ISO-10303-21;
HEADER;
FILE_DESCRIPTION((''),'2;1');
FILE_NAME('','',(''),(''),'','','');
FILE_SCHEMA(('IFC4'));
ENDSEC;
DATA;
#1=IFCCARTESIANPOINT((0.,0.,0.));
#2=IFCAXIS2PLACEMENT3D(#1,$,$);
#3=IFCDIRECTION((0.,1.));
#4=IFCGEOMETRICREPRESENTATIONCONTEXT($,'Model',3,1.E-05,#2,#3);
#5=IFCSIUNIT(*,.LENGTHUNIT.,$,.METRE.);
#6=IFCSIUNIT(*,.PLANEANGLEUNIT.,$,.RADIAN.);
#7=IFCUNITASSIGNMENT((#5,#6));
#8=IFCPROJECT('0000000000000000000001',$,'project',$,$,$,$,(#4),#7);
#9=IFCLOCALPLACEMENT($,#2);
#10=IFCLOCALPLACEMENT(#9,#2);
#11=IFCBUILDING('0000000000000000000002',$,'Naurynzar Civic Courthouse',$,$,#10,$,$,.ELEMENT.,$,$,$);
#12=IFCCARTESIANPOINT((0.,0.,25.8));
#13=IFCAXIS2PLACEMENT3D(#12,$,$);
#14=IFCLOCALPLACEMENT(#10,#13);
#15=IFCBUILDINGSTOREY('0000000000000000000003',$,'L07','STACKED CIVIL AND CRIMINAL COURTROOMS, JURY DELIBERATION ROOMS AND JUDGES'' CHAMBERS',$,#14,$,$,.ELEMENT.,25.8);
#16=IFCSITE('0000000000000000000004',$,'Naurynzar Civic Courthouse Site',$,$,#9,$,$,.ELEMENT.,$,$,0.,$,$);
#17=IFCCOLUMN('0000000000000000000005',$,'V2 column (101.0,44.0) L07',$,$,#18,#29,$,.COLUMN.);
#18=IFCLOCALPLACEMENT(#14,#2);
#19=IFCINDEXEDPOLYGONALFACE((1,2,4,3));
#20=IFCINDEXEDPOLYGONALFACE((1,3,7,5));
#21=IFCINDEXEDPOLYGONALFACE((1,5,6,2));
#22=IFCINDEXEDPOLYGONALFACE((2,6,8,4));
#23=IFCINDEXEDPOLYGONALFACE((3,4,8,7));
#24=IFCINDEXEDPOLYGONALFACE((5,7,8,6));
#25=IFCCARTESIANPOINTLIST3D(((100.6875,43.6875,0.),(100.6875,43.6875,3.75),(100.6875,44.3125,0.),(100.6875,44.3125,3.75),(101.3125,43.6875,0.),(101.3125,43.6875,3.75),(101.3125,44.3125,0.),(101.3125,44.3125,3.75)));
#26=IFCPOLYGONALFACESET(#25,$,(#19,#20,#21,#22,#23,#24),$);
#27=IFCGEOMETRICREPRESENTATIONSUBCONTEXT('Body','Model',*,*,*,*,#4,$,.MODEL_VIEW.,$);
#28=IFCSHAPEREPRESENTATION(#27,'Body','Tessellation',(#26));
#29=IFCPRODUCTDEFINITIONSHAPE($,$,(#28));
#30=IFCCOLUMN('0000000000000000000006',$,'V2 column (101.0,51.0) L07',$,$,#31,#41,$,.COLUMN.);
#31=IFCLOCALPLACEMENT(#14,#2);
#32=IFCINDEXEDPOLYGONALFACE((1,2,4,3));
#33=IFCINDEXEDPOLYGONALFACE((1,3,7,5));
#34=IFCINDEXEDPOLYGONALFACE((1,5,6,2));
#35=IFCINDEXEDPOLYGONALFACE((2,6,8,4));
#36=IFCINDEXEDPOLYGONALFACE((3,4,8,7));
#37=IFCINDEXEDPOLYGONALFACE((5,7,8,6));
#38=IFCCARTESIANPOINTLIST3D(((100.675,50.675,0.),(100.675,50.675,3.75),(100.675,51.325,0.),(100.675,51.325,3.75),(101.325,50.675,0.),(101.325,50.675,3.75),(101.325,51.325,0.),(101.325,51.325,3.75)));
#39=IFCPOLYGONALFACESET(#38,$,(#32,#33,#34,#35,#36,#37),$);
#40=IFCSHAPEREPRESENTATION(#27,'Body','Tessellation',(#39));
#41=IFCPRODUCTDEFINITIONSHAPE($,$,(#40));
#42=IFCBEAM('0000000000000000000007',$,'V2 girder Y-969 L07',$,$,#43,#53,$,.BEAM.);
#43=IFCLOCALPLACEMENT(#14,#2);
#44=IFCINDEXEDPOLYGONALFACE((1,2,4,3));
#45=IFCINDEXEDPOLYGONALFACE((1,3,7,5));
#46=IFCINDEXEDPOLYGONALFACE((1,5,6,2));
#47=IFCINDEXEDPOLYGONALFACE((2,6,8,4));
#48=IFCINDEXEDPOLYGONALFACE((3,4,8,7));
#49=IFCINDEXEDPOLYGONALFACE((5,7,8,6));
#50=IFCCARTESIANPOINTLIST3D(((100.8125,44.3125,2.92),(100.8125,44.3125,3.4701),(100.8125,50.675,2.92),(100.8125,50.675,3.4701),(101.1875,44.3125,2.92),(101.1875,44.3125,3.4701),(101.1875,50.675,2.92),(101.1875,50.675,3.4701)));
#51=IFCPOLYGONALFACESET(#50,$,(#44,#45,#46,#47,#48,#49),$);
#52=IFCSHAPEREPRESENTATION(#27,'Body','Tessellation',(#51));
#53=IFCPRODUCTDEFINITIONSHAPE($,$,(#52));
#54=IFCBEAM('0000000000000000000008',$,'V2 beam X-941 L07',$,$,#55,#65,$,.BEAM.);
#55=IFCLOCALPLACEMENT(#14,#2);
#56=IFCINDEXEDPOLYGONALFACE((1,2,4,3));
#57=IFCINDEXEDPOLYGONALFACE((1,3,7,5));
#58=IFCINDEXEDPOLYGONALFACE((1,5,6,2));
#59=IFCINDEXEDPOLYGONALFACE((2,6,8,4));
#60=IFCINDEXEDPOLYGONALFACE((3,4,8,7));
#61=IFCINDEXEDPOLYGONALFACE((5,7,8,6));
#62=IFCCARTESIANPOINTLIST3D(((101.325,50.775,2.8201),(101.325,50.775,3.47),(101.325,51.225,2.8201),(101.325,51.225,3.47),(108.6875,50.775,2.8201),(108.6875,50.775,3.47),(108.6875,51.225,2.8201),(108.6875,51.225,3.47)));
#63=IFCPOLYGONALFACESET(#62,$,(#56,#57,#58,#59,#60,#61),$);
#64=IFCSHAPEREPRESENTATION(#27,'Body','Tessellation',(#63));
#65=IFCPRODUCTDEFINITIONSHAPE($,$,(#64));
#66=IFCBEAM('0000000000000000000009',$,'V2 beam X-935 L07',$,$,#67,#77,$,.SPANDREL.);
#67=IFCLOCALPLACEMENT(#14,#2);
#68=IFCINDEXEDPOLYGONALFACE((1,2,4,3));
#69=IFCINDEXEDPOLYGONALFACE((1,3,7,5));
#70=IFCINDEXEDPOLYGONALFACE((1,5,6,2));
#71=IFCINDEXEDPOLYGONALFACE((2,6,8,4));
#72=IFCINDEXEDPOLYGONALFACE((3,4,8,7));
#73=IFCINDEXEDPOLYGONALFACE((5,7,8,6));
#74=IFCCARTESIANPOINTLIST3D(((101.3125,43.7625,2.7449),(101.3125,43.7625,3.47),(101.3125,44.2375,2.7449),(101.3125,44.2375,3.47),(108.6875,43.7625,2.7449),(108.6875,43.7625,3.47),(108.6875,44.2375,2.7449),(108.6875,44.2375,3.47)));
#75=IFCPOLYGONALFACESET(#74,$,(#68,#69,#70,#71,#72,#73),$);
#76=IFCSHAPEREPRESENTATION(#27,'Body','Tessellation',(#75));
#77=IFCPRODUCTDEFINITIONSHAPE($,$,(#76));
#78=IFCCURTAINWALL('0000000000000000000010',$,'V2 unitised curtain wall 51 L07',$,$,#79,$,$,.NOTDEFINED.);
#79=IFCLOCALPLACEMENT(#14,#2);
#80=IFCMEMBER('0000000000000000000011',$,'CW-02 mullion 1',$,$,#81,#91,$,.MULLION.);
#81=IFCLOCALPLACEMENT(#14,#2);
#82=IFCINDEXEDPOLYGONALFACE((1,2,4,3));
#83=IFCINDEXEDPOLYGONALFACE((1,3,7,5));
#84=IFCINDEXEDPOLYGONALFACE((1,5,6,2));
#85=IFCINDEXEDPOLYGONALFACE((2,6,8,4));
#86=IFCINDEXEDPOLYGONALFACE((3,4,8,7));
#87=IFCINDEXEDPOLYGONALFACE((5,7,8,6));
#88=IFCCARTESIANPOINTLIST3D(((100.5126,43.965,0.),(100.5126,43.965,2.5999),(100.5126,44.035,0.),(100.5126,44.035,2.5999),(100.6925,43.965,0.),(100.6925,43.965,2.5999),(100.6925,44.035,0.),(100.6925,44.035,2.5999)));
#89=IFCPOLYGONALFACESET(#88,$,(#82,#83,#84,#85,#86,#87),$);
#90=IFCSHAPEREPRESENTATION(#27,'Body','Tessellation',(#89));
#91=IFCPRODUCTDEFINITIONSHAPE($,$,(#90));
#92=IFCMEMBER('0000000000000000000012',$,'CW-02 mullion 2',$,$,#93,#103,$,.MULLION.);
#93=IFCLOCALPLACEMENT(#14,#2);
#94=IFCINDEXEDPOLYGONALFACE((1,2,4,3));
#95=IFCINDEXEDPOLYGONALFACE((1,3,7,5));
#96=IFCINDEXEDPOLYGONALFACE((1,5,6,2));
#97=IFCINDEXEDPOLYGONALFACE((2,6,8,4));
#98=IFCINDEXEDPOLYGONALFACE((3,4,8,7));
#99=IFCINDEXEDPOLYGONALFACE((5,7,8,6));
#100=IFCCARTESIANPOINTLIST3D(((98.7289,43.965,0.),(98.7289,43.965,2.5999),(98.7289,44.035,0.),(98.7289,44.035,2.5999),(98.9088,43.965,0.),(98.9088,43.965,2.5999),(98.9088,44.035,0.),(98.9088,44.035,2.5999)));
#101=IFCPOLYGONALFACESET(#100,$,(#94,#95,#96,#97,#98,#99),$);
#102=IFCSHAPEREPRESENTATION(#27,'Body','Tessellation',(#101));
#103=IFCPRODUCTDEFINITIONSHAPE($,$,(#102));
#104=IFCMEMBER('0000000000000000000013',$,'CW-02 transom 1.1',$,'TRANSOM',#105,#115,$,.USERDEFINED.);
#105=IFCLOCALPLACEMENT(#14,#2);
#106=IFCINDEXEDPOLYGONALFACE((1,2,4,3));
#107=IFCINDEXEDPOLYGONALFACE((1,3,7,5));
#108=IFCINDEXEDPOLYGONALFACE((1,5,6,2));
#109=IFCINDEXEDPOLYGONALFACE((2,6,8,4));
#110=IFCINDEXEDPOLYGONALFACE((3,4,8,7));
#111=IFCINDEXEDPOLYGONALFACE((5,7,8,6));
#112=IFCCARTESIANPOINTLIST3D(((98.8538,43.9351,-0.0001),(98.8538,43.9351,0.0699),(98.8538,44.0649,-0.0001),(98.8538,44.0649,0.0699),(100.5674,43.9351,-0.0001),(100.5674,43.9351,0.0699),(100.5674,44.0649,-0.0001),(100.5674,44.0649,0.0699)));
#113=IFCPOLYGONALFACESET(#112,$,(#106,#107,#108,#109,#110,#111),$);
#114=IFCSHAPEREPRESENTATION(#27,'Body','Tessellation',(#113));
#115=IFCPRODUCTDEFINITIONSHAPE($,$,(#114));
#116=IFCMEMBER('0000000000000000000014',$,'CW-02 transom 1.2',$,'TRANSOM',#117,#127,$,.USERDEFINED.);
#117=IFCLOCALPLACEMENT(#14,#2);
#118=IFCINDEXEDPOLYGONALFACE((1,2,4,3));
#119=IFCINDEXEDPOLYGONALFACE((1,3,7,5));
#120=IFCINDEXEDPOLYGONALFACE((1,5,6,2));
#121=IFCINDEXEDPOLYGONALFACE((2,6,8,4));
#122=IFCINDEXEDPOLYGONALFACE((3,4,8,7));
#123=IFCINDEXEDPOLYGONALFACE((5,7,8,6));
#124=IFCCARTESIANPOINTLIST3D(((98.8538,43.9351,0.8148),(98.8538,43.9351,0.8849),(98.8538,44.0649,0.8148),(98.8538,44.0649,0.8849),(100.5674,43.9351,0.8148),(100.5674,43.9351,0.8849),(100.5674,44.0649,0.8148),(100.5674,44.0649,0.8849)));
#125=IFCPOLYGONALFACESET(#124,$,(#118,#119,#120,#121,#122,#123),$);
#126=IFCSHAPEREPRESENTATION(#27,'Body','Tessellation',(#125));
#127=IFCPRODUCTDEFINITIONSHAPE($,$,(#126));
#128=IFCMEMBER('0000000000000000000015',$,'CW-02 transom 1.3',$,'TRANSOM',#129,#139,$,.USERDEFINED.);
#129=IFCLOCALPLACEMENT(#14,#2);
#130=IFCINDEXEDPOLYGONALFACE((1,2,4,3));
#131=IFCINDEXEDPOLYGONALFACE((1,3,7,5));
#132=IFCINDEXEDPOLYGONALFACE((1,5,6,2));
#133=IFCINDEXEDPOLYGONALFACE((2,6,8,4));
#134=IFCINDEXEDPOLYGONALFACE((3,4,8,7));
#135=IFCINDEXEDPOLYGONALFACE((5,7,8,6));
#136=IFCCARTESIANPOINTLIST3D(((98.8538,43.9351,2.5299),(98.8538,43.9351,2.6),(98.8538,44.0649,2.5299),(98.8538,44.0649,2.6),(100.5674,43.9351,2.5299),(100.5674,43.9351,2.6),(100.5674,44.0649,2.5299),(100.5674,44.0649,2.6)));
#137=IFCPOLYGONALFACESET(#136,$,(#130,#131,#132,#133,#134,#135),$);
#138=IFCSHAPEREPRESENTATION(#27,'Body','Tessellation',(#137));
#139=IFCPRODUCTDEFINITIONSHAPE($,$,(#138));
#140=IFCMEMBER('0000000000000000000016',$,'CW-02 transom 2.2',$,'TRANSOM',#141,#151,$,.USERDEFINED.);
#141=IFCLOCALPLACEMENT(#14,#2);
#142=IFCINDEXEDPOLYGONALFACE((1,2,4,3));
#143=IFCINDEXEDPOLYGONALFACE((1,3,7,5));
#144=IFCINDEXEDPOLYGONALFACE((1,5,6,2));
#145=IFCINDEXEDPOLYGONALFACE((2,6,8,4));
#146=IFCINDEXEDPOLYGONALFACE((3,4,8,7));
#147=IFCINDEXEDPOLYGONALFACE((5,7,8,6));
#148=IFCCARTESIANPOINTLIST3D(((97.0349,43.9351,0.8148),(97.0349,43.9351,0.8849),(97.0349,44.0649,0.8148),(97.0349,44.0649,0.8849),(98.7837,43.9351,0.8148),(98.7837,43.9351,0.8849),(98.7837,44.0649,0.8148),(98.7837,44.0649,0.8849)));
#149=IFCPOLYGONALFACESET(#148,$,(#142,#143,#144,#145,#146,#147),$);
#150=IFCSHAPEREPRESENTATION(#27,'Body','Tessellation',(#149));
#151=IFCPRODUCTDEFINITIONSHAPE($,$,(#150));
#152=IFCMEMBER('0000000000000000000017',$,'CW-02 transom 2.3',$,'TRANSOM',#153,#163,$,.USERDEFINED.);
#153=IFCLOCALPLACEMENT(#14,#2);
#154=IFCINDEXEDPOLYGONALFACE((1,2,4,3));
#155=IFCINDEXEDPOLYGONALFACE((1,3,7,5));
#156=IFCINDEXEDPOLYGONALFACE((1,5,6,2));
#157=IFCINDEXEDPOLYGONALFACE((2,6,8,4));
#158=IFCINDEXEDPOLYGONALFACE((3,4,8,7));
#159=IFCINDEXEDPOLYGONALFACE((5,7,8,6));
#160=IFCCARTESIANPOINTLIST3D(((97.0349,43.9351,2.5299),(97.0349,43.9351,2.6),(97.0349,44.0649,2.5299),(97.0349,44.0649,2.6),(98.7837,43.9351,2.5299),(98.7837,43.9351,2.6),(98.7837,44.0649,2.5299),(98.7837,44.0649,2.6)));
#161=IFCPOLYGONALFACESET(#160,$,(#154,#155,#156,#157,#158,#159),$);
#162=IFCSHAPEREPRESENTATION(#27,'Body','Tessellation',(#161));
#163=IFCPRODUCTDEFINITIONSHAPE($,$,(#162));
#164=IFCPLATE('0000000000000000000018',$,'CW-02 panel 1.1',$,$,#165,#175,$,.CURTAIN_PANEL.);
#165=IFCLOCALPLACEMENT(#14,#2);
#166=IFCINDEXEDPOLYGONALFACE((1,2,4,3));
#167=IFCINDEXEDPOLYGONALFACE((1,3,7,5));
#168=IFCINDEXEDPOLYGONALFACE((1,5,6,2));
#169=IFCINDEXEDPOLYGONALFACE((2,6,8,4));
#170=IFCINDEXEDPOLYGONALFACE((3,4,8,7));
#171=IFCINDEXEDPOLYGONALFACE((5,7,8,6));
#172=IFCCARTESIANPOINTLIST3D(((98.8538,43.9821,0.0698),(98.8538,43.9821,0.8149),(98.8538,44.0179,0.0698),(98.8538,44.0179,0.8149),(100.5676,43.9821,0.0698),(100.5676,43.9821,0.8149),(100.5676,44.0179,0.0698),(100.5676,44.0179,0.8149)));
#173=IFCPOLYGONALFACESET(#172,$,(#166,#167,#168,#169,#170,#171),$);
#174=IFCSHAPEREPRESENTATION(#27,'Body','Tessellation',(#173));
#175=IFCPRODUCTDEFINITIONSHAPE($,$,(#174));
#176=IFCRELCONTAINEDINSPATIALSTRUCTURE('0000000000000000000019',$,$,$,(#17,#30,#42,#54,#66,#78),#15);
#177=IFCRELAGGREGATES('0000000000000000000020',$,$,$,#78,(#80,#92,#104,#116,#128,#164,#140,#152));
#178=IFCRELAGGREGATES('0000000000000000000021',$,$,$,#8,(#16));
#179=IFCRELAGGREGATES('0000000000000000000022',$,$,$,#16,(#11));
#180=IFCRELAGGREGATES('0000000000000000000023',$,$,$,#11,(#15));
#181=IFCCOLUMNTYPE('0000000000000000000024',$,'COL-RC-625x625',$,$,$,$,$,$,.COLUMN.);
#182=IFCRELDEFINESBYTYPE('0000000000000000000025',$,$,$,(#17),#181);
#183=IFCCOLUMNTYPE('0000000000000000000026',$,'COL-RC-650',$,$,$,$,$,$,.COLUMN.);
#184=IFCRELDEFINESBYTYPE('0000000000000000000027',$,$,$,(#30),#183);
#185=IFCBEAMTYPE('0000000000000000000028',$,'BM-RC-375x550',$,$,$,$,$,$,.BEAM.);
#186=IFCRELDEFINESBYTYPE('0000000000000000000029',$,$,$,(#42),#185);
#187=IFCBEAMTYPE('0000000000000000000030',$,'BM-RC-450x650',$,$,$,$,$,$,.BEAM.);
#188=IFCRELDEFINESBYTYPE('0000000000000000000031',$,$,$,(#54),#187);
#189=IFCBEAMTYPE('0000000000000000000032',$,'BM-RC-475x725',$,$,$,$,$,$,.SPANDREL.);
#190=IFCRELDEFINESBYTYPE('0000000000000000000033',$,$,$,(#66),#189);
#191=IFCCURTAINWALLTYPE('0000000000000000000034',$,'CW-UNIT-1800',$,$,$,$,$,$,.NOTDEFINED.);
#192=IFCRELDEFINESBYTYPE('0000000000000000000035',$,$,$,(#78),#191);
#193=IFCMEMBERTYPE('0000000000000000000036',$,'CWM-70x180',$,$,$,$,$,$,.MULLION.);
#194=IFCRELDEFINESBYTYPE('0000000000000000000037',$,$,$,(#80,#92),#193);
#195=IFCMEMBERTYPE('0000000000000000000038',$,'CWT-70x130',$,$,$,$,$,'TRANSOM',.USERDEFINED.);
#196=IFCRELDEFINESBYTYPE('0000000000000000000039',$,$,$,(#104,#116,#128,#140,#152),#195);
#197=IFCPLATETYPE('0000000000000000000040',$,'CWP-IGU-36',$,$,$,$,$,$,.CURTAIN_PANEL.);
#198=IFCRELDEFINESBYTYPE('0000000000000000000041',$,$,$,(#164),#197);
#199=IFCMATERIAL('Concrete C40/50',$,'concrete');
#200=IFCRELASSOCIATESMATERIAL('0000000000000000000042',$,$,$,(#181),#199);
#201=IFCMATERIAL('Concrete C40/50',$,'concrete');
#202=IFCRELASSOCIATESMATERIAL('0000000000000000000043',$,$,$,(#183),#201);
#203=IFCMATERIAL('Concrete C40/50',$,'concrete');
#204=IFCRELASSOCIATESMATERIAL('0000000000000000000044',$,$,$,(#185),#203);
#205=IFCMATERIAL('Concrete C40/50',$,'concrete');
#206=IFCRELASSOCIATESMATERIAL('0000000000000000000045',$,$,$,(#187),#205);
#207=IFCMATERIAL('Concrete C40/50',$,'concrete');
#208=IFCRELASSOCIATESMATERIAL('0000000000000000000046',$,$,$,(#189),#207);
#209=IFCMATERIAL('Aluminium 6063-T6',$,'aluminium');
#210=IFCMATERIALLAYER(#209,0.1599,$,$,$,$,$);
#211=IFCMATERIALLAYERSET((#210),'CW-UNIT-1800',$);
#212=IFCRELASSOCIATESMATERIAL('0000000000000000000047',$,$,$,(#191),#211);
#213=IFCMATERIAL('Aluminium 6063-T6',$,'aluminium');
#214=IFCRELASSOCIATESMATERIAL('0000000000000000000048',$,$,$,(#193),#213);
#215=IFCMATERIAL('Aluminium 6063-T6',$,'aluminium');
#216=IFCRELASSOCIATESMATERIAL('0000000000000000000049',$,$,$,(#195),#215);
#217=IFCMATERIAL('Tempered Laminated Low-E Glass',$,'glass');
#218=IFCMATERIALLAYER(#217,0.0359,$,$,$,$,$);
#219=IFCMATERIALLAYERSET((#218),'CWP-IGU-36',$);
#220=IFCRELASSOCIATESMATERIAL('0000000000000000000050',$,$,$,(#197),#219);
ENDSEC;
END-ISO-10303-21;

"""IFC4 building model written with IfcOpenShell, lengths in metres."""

from ifc_helpers import new_model, si_unit, direction, frame, origin, origin_2d, place, context, subcontext, project, spatial, rectangle, extrude, material, layer, layer_set, material_profile, profile_set, type_object, element, aggregate, save


model = new_model("IFC4")

# Units and contexts
model_context = context("Model", 3, precision=1e-05, world=origin(), true_north=direction((0.0, 1.0)))
body_context = subcontext(model_context, "Body", "Model", "MODEL_VIEW")
ifc_project = project(units=[si_unit("LENGTHUNIT", "METRE"), si_unit("PLANEANGLEUNIT", "RADIAN")], contexts=[model_context])

# Site, building, storey
site_placement = place(None, origin())
site = spatial("IfcSite", under=ifc_project, at=site_placement, Name="Naurynzar Civic Courthouse Site", CompositionType="ELEMENT", RefElevation=0.0)
building_placement = place(site_placement, origin())
building = spatial("IfcBuilding", under=site, at=building_placement, Name="Naurynzar Civic Courthouse", CompositionType="ELEMENT")
storey_placement = place(building_placement, frame((0.0, 0.0, 25.8)))
storey = spatial("IfcBuildingStorey", under=building, at=storey_placement, Name="L07", Description="STACKED CIVIL AND CRIMINAL COURTROOMS, JURY DELIBERATION ROOMS AND JUDGES' CHAMBERS", CompositionType="ELEMENT", Elevation=25.8)

# Columns
ifc_material_1 = material(Name="Concrete C40/50", Category="concrete")
ifc_material_profile_1 = material_profile(ifc_material_1, rectangle(XDim=0.625, YDim=0.625, at=origin_2d()), Name="RC 625x625")
ifc_profile_set_1 = profile_set([ifc_material_profile_1], Name="Concrete C40/50")
column_type_1 = type_object("IfcColumnType", Name="COL-RC-625x625", PredefinedType="COLUMN", material=ifc_profile_set_1)
column_1_placement = place(storey_placement, frame((101.0, 44.0, 0.0), z_axis=(0.0, 0.0, 1.0), x_axis=(1.0, 0.0, 0.0)))
element("IfcColumn", 1, at=column_1_placement, inside=storey, type_object=column_type_1, Name="V2 column (101.0,44.0) L07", PredefinedType="COLUMN", context=body_context, shape_type="SweptSolid", body=[
    extrude(rectangle(XDim=0.625, YDim=0.625, at=origin_2d()), origin(), (0.0, 0.0, 1.0), 3.75),
])
ifc_material_2 = material(Name="Concrete C40/50", Category="concrete")
ifc_material_profile_2 = material_profile(ifc_material_2, rectangle(XDim=0.6499, YDim=0.6499, at=origin_2d()), Name="RC 650x650")
ifc_profile_set_2 = profile_set([ifc_material_profile_2], Name="Concrete C40/50")
column_type_2 = type_object("IfcColumnType", Name="COL-RC-650", PredefinedType="COLUMN", material=ifc_profile_set_2)
column_2_placement = place(storey_placement, frame((101.0, 51.0, 0.0), z_axis=(0.0, 0.0, 1.0), x_axis=(1.0, 0.0, 0.0)))
element("IfcColumn", 2, at=column_2_placement, inside=storey, type_object=column_type_2, Name="V2 column (101.0,51.0) L07", PredefinedType="COLUMN", context=body_context, shape_type="SweptSolid", body=[
    extrude(rectangle(XDim=0.6499, YDim=0.6499, at=origin_2d()), origin(), (0.0, 0.0, 1.0), 3.75),
])

# Beams
ifc_material_3 = material(Name="Concrete C40/50", Category="concrete")
ifc_material_profile_3 = material_profile(ifc_material_3, rectangle(XDim=0.375, YDim=0.55, at=origin_2d()), Name="RCB 375x550")
ifc_profile_set_3 = profile_set([ifc_material_profile_3], Name="Concrete C40/50")
beam_type_1 = type_object("IfcBeamType", Name="BM-RC-375x550", PredefinedType="BEAM", material=ifc_profile_set_3)
beam_1_placement = place(storey_placement, frame((101.0, 44.3125, 3.1951), z_axis=(0.0, 1.0, 0.0), x_axis=(-1.0, 0.0, 0.0)))
element("IfcBeam", 3, at=beam_1_placement, inside=storey, type_object=beam_type_1, Name="V2 girder Y-969 L07", PredefinedType="BEAM", context=body_context, shape_type="SweptSolid", body=[
    extrude(rectangle(XDim=0.375, YDim=0.55, at=origin_2d()), origin(), (0.0, 0.0, 1.0), 6.3625),
])
ifc_material_4 = material(Name="Concrete C40/50", Category="concrete")
ifc_material_profile_4 = material_profile(ifc_material_4, rectangle(XDim=0.45, YDim=0.6499, at=origin_2d()), Name="RCB 450x650")
ifc_profile_set_4 = profile_set([ifc_material_profile_4], Name="Concrete C40/50")
beam_type_2 = type_object("IfcBeamType", Name="BM-RC-450x650", PredefinedType="BEAM", material=ifc_profile_set_4)
beam_2_placement = place(storey_placement, frame((101.325, 51.0, 3.145), z_axis=(1.0, 0.0, 0.0), x_axis=(0.0, 1.0, 0.0)))
element("IfcBeam", 4, at=beam_2_placement, inside=storey, type_object=beam_type_2, Name="V2 beam X-941 L07", PredefinedType="BEAM", context=body_context, shape_type="SweptSolid", body=[
    extrude(rectangle(XDim=0.45, YDim=0.6499, at=origin_2d()), origin(), (0.0, 0.0, 1.0), 7.3625),
])
ifc_material_5 = material(Name="Concrete C40/50", Category="concrete")
ifc_material_profile_5 = material_profile(ifc_material_5, rectangle(XDim=0.4751, YDim=0.7251, at=origin_2d()), Name="RCB 475x725")
ifc_profile_set_5 = profile_set([ifc_material_profile_5], Name="Concrete C40/50")
beam_type_3 = type_object("IfcBeamType", Name="BM-RC-475x725", PredefinedType="SPANDREL", material=ifc_profile_set_5)
beam_3_placement = place(storey_placement, frame((101.3125, 44.0, 3.1074), z_axis=(1.0, 0.0, 0.0), x_axis=(0.0, 1.0, 0.0)))
element("IfcBeam", 5, at=beam_3_placement, inside=storey, type_object=beam_type_3, Name="V2 beam X-935 L07", PredefinedType="SPANDREL", context=body_context, shape_type="SweptSolid", body=[
    extrude(rectangle(XDim=0.4751, YDim=0.7251, at=origin_2d()), origin(), (0.0, 0.0, 1.0), 7.375),
])

# Curtain wall, members, plate
ifc_material_6 = material(Name="Aluminium 6063-T6", Category="aluminium")
ifc_layer_1 = layer(ifc_material_6, 0.1599)
ifc_layer_set_1 = layer_set([ifc_layer_1], Name="CW-UNIT-1800")
curtain_wall_type = type_object("IfcCurtainWallType", Name="CW-UNIT-1800", PredefinedType="NOTDEFINED", material=ifc_layer_set_1)
curtain_wall_placement = place(storey_placement, origin())
curtain_wall = element("IfcCurtainWall", 6, at=curtain_wall_placement, inside=storey, type_object=curtain_wall_type, Name="V2 unitised curtain wall 51 L07", PredefinedType="NOTDEFINED")
ifc_material_7 = material(Name="Aluminium 6063-T6", Category="aluminium")
ifc_material_profile_6 = material_profile(ifc_material_7, rectangle(XDim=0.0701, YDim=0.1799, at=origin_2d()), Name="ALU MULLION 70x180")
ifc_profile_set_6 = profile_set([ifc_material_profile_6], Name="Aluminium 6063-T6")
member_type_1 = type_object("IfcMemberType", Name="CWM-70x180", PredefinedType="MULLION", material=ifc_profile_set_6)
member_1_placement = place(storey_placement, frame((100.6025, 44.0, 0.0), z_axis=(0.0, 0.0, 1.0), x_axis=(0.0, -1.0, 0.0)))
member_1 = element("IfcMember", 7, at=member_1_placement, type_object=member_type_1, Name="CW-02 mullion 1", PredefinedType="MULLION", context=body_context, shape_type="SweptSolid", body=[
    extrude(rectangle(XDim=0.0701, YDim=0.1799, at=origin_2d()), origin(), (0.0, 0.0, 1.0), 2.5999),
])
member_2_placement = place(storey_placement, frame((98.8188, 44.0, 0.0), z_axis=(0.0, 0.0, 1.0), x_axis=(0.0, -1.0, 0.0)))
member_2 = element("IfcMember", 8, at=member_2_placement, type_object=member_type_1, Name="CW-02 mullion 2", PredefinedType="MULLION", context=body_context, shape_type="SweptSolid", body=[
    extrude(rectangle(XDim=0.0701, YDim=0.1799, at=origin_2d()), origin(), (0.0, 0.0, 1.0), 2.5999),
])
ifc_material_8 = material(Name="Aluminium 6063-T6", Category="aluminium")
ifc_material_profile_7 = material_profile(ifc_material_8, rectangle(XDim=0.1299, YDim=0.0701, at=origin_2d()), Name="ALU TRANSOM 70x130")
ifc_profile_set_7 = profile_set([ifc_material_profile_7], Name="Aluminium 6063-T6")
member_type_2 = type_object("IfcMemberType", Name="CWT-70x130", ElementType="TRANSOM", PredefinedType="USERDEFINED", material=ifc_profile_set_7)
member_3_placement = place(storey_placement, frame((100.5674, 44.0, 0.0349), z_axis=(-1.0, 0.0, 0.0), x_axis=(0.0, -1.0, 0.0)))
member_3 = element("IfcMember", 9, at=member_3_placement, type_object=member_type_2, Name="CW-02 transom 1.1", ObjectType="TRANSOM", PredefinedType="USERDEFINED", context=body_context, shape_type="SweptSolid", body=[
    extrude(rectangle(XDim=0.1299, YDim=0.0701, at=origin_2d()), origin(), (0.0, 0.0, 1.0), 1.7136),
])
member_4_placement = place(storey_placement, frame((100.5674, 44.0, 0.8499), z_axis=(-1.0, 0.0, 0.0), x_axis=(0.0, -1.0, 0.0)))
member_4 = element("IfcMember", 10, at=member_4_placement, type_object=member_type_2, Name="CW-02 transom 1.2", ObjectType="TRANSOM", PredefinedType="USERDEFINED", context=body_context, shape_type="SweptSolid", body=[
    extrude(rectangle(XDim=0.1299, YDim=0.0701, at=origin_2d()), origin(), (0.0, 0.0, 1.0), 1.7136),
])
member_5_placement = place(storey_placement, frame((100.5674, 44.0, 2.5649), z_axis=(-1.0, 0.0, 0.0), x_axis=(0.0, -1.0, 0.0)))
member_5 = element("IfcMember", 11, at=member_5_placement, type_object=member_type_2, Name="CW-02 transom 1.3", ObjectType="TRANSOM", PredefinedType="USERDEFINED", context=body_context, shape_type="SweptSolid", body=[
    extrude(rectangle(XDim=0.1299, YDim=0.0701, at=origin_2d()), origin(), (0.0, 0.0, 1.0), 1.7136),
])
member_6_placement = place(storey_placement, frame((98.7837, 44.0, 0.8499), z_axis=(-1.0, 0.0, 0.0), x_axis=(0.0, -1.0, 0.0)))
member_6 = element("IfcMember", 12, at=member_6_placement, type_object=member_type_2, Name="CW-02 transom 2.2", ObjectType="TRANSOM", PredefinedType="USERDEFINED", context=body_context, shape_type="SweptSolid", body=[
    extrude(rectangle(XDim=0.1299, YDim=0.0701, at=origin_2d()), origin(), (0.0, 0.0, 1.0), 1.7488),
])
member_7_placement = place(storey_placement, frame((98.7837, 44.0, 2.5649), z_axis=(-1.0, 0.0, 0.0), x_axis=(0.0, -1.0, 0.0)))
member_7 = element("IfcMember", 13, at=member_7_placement, type_object=member_type_2, Name="CW-02 transom 2.3", ObjectType="TRANSOM", PredefinedType="USERDEFINED", context=body_context, shape_type="SweptSolid", body=[
    extrude(rectangle(XDim=0.1299, YDim=0.0701, at=origin_2d()), origin(), (0.0, 0.0, 1.0), 1.7488),
])
ifc_material_9 = material(Name="Tempered Laminated Low-E Glass", Category="glass")
ifc_layer_2 = layer(ifc_material_9, 0.0359)
ifc_layer_set_2 = layer_set([ifc_layer_2], Name="CWP-IGU-36")
plate_type = type_object("IfcPlateType", Name="CWP-IGU-36", PredefinedType="CURTAIN_PANEL", material=ifc_layer_set_2)
plate_1_placement = place(storey_placement, frame((99.7107, 44.0, 0.0698), z_axis=(0.0, 0.0, 1.0), x_axis=(-1.0, 0.0, 0.0)))
plate_1 = element("IfcPlate", 14, at=plate_1_placement, type_object=plate_type, Name="CW-02 panel 1.1", PredefinedType="CURTAIN_PANEL", context=body_context, shape_type="SweptSolid", body=[
    extrude(rectangle(XDim=1.7139, YDim=0.0359, at=origin_2d()), origin(), (0.0, 0.0, 1.0), 0.7451),
])
aggregate(curtain_wall, [member_1, member_2, member_3, member_4, member_5, plate_1, member_6, member_7])

save(model, "model.ifc")
